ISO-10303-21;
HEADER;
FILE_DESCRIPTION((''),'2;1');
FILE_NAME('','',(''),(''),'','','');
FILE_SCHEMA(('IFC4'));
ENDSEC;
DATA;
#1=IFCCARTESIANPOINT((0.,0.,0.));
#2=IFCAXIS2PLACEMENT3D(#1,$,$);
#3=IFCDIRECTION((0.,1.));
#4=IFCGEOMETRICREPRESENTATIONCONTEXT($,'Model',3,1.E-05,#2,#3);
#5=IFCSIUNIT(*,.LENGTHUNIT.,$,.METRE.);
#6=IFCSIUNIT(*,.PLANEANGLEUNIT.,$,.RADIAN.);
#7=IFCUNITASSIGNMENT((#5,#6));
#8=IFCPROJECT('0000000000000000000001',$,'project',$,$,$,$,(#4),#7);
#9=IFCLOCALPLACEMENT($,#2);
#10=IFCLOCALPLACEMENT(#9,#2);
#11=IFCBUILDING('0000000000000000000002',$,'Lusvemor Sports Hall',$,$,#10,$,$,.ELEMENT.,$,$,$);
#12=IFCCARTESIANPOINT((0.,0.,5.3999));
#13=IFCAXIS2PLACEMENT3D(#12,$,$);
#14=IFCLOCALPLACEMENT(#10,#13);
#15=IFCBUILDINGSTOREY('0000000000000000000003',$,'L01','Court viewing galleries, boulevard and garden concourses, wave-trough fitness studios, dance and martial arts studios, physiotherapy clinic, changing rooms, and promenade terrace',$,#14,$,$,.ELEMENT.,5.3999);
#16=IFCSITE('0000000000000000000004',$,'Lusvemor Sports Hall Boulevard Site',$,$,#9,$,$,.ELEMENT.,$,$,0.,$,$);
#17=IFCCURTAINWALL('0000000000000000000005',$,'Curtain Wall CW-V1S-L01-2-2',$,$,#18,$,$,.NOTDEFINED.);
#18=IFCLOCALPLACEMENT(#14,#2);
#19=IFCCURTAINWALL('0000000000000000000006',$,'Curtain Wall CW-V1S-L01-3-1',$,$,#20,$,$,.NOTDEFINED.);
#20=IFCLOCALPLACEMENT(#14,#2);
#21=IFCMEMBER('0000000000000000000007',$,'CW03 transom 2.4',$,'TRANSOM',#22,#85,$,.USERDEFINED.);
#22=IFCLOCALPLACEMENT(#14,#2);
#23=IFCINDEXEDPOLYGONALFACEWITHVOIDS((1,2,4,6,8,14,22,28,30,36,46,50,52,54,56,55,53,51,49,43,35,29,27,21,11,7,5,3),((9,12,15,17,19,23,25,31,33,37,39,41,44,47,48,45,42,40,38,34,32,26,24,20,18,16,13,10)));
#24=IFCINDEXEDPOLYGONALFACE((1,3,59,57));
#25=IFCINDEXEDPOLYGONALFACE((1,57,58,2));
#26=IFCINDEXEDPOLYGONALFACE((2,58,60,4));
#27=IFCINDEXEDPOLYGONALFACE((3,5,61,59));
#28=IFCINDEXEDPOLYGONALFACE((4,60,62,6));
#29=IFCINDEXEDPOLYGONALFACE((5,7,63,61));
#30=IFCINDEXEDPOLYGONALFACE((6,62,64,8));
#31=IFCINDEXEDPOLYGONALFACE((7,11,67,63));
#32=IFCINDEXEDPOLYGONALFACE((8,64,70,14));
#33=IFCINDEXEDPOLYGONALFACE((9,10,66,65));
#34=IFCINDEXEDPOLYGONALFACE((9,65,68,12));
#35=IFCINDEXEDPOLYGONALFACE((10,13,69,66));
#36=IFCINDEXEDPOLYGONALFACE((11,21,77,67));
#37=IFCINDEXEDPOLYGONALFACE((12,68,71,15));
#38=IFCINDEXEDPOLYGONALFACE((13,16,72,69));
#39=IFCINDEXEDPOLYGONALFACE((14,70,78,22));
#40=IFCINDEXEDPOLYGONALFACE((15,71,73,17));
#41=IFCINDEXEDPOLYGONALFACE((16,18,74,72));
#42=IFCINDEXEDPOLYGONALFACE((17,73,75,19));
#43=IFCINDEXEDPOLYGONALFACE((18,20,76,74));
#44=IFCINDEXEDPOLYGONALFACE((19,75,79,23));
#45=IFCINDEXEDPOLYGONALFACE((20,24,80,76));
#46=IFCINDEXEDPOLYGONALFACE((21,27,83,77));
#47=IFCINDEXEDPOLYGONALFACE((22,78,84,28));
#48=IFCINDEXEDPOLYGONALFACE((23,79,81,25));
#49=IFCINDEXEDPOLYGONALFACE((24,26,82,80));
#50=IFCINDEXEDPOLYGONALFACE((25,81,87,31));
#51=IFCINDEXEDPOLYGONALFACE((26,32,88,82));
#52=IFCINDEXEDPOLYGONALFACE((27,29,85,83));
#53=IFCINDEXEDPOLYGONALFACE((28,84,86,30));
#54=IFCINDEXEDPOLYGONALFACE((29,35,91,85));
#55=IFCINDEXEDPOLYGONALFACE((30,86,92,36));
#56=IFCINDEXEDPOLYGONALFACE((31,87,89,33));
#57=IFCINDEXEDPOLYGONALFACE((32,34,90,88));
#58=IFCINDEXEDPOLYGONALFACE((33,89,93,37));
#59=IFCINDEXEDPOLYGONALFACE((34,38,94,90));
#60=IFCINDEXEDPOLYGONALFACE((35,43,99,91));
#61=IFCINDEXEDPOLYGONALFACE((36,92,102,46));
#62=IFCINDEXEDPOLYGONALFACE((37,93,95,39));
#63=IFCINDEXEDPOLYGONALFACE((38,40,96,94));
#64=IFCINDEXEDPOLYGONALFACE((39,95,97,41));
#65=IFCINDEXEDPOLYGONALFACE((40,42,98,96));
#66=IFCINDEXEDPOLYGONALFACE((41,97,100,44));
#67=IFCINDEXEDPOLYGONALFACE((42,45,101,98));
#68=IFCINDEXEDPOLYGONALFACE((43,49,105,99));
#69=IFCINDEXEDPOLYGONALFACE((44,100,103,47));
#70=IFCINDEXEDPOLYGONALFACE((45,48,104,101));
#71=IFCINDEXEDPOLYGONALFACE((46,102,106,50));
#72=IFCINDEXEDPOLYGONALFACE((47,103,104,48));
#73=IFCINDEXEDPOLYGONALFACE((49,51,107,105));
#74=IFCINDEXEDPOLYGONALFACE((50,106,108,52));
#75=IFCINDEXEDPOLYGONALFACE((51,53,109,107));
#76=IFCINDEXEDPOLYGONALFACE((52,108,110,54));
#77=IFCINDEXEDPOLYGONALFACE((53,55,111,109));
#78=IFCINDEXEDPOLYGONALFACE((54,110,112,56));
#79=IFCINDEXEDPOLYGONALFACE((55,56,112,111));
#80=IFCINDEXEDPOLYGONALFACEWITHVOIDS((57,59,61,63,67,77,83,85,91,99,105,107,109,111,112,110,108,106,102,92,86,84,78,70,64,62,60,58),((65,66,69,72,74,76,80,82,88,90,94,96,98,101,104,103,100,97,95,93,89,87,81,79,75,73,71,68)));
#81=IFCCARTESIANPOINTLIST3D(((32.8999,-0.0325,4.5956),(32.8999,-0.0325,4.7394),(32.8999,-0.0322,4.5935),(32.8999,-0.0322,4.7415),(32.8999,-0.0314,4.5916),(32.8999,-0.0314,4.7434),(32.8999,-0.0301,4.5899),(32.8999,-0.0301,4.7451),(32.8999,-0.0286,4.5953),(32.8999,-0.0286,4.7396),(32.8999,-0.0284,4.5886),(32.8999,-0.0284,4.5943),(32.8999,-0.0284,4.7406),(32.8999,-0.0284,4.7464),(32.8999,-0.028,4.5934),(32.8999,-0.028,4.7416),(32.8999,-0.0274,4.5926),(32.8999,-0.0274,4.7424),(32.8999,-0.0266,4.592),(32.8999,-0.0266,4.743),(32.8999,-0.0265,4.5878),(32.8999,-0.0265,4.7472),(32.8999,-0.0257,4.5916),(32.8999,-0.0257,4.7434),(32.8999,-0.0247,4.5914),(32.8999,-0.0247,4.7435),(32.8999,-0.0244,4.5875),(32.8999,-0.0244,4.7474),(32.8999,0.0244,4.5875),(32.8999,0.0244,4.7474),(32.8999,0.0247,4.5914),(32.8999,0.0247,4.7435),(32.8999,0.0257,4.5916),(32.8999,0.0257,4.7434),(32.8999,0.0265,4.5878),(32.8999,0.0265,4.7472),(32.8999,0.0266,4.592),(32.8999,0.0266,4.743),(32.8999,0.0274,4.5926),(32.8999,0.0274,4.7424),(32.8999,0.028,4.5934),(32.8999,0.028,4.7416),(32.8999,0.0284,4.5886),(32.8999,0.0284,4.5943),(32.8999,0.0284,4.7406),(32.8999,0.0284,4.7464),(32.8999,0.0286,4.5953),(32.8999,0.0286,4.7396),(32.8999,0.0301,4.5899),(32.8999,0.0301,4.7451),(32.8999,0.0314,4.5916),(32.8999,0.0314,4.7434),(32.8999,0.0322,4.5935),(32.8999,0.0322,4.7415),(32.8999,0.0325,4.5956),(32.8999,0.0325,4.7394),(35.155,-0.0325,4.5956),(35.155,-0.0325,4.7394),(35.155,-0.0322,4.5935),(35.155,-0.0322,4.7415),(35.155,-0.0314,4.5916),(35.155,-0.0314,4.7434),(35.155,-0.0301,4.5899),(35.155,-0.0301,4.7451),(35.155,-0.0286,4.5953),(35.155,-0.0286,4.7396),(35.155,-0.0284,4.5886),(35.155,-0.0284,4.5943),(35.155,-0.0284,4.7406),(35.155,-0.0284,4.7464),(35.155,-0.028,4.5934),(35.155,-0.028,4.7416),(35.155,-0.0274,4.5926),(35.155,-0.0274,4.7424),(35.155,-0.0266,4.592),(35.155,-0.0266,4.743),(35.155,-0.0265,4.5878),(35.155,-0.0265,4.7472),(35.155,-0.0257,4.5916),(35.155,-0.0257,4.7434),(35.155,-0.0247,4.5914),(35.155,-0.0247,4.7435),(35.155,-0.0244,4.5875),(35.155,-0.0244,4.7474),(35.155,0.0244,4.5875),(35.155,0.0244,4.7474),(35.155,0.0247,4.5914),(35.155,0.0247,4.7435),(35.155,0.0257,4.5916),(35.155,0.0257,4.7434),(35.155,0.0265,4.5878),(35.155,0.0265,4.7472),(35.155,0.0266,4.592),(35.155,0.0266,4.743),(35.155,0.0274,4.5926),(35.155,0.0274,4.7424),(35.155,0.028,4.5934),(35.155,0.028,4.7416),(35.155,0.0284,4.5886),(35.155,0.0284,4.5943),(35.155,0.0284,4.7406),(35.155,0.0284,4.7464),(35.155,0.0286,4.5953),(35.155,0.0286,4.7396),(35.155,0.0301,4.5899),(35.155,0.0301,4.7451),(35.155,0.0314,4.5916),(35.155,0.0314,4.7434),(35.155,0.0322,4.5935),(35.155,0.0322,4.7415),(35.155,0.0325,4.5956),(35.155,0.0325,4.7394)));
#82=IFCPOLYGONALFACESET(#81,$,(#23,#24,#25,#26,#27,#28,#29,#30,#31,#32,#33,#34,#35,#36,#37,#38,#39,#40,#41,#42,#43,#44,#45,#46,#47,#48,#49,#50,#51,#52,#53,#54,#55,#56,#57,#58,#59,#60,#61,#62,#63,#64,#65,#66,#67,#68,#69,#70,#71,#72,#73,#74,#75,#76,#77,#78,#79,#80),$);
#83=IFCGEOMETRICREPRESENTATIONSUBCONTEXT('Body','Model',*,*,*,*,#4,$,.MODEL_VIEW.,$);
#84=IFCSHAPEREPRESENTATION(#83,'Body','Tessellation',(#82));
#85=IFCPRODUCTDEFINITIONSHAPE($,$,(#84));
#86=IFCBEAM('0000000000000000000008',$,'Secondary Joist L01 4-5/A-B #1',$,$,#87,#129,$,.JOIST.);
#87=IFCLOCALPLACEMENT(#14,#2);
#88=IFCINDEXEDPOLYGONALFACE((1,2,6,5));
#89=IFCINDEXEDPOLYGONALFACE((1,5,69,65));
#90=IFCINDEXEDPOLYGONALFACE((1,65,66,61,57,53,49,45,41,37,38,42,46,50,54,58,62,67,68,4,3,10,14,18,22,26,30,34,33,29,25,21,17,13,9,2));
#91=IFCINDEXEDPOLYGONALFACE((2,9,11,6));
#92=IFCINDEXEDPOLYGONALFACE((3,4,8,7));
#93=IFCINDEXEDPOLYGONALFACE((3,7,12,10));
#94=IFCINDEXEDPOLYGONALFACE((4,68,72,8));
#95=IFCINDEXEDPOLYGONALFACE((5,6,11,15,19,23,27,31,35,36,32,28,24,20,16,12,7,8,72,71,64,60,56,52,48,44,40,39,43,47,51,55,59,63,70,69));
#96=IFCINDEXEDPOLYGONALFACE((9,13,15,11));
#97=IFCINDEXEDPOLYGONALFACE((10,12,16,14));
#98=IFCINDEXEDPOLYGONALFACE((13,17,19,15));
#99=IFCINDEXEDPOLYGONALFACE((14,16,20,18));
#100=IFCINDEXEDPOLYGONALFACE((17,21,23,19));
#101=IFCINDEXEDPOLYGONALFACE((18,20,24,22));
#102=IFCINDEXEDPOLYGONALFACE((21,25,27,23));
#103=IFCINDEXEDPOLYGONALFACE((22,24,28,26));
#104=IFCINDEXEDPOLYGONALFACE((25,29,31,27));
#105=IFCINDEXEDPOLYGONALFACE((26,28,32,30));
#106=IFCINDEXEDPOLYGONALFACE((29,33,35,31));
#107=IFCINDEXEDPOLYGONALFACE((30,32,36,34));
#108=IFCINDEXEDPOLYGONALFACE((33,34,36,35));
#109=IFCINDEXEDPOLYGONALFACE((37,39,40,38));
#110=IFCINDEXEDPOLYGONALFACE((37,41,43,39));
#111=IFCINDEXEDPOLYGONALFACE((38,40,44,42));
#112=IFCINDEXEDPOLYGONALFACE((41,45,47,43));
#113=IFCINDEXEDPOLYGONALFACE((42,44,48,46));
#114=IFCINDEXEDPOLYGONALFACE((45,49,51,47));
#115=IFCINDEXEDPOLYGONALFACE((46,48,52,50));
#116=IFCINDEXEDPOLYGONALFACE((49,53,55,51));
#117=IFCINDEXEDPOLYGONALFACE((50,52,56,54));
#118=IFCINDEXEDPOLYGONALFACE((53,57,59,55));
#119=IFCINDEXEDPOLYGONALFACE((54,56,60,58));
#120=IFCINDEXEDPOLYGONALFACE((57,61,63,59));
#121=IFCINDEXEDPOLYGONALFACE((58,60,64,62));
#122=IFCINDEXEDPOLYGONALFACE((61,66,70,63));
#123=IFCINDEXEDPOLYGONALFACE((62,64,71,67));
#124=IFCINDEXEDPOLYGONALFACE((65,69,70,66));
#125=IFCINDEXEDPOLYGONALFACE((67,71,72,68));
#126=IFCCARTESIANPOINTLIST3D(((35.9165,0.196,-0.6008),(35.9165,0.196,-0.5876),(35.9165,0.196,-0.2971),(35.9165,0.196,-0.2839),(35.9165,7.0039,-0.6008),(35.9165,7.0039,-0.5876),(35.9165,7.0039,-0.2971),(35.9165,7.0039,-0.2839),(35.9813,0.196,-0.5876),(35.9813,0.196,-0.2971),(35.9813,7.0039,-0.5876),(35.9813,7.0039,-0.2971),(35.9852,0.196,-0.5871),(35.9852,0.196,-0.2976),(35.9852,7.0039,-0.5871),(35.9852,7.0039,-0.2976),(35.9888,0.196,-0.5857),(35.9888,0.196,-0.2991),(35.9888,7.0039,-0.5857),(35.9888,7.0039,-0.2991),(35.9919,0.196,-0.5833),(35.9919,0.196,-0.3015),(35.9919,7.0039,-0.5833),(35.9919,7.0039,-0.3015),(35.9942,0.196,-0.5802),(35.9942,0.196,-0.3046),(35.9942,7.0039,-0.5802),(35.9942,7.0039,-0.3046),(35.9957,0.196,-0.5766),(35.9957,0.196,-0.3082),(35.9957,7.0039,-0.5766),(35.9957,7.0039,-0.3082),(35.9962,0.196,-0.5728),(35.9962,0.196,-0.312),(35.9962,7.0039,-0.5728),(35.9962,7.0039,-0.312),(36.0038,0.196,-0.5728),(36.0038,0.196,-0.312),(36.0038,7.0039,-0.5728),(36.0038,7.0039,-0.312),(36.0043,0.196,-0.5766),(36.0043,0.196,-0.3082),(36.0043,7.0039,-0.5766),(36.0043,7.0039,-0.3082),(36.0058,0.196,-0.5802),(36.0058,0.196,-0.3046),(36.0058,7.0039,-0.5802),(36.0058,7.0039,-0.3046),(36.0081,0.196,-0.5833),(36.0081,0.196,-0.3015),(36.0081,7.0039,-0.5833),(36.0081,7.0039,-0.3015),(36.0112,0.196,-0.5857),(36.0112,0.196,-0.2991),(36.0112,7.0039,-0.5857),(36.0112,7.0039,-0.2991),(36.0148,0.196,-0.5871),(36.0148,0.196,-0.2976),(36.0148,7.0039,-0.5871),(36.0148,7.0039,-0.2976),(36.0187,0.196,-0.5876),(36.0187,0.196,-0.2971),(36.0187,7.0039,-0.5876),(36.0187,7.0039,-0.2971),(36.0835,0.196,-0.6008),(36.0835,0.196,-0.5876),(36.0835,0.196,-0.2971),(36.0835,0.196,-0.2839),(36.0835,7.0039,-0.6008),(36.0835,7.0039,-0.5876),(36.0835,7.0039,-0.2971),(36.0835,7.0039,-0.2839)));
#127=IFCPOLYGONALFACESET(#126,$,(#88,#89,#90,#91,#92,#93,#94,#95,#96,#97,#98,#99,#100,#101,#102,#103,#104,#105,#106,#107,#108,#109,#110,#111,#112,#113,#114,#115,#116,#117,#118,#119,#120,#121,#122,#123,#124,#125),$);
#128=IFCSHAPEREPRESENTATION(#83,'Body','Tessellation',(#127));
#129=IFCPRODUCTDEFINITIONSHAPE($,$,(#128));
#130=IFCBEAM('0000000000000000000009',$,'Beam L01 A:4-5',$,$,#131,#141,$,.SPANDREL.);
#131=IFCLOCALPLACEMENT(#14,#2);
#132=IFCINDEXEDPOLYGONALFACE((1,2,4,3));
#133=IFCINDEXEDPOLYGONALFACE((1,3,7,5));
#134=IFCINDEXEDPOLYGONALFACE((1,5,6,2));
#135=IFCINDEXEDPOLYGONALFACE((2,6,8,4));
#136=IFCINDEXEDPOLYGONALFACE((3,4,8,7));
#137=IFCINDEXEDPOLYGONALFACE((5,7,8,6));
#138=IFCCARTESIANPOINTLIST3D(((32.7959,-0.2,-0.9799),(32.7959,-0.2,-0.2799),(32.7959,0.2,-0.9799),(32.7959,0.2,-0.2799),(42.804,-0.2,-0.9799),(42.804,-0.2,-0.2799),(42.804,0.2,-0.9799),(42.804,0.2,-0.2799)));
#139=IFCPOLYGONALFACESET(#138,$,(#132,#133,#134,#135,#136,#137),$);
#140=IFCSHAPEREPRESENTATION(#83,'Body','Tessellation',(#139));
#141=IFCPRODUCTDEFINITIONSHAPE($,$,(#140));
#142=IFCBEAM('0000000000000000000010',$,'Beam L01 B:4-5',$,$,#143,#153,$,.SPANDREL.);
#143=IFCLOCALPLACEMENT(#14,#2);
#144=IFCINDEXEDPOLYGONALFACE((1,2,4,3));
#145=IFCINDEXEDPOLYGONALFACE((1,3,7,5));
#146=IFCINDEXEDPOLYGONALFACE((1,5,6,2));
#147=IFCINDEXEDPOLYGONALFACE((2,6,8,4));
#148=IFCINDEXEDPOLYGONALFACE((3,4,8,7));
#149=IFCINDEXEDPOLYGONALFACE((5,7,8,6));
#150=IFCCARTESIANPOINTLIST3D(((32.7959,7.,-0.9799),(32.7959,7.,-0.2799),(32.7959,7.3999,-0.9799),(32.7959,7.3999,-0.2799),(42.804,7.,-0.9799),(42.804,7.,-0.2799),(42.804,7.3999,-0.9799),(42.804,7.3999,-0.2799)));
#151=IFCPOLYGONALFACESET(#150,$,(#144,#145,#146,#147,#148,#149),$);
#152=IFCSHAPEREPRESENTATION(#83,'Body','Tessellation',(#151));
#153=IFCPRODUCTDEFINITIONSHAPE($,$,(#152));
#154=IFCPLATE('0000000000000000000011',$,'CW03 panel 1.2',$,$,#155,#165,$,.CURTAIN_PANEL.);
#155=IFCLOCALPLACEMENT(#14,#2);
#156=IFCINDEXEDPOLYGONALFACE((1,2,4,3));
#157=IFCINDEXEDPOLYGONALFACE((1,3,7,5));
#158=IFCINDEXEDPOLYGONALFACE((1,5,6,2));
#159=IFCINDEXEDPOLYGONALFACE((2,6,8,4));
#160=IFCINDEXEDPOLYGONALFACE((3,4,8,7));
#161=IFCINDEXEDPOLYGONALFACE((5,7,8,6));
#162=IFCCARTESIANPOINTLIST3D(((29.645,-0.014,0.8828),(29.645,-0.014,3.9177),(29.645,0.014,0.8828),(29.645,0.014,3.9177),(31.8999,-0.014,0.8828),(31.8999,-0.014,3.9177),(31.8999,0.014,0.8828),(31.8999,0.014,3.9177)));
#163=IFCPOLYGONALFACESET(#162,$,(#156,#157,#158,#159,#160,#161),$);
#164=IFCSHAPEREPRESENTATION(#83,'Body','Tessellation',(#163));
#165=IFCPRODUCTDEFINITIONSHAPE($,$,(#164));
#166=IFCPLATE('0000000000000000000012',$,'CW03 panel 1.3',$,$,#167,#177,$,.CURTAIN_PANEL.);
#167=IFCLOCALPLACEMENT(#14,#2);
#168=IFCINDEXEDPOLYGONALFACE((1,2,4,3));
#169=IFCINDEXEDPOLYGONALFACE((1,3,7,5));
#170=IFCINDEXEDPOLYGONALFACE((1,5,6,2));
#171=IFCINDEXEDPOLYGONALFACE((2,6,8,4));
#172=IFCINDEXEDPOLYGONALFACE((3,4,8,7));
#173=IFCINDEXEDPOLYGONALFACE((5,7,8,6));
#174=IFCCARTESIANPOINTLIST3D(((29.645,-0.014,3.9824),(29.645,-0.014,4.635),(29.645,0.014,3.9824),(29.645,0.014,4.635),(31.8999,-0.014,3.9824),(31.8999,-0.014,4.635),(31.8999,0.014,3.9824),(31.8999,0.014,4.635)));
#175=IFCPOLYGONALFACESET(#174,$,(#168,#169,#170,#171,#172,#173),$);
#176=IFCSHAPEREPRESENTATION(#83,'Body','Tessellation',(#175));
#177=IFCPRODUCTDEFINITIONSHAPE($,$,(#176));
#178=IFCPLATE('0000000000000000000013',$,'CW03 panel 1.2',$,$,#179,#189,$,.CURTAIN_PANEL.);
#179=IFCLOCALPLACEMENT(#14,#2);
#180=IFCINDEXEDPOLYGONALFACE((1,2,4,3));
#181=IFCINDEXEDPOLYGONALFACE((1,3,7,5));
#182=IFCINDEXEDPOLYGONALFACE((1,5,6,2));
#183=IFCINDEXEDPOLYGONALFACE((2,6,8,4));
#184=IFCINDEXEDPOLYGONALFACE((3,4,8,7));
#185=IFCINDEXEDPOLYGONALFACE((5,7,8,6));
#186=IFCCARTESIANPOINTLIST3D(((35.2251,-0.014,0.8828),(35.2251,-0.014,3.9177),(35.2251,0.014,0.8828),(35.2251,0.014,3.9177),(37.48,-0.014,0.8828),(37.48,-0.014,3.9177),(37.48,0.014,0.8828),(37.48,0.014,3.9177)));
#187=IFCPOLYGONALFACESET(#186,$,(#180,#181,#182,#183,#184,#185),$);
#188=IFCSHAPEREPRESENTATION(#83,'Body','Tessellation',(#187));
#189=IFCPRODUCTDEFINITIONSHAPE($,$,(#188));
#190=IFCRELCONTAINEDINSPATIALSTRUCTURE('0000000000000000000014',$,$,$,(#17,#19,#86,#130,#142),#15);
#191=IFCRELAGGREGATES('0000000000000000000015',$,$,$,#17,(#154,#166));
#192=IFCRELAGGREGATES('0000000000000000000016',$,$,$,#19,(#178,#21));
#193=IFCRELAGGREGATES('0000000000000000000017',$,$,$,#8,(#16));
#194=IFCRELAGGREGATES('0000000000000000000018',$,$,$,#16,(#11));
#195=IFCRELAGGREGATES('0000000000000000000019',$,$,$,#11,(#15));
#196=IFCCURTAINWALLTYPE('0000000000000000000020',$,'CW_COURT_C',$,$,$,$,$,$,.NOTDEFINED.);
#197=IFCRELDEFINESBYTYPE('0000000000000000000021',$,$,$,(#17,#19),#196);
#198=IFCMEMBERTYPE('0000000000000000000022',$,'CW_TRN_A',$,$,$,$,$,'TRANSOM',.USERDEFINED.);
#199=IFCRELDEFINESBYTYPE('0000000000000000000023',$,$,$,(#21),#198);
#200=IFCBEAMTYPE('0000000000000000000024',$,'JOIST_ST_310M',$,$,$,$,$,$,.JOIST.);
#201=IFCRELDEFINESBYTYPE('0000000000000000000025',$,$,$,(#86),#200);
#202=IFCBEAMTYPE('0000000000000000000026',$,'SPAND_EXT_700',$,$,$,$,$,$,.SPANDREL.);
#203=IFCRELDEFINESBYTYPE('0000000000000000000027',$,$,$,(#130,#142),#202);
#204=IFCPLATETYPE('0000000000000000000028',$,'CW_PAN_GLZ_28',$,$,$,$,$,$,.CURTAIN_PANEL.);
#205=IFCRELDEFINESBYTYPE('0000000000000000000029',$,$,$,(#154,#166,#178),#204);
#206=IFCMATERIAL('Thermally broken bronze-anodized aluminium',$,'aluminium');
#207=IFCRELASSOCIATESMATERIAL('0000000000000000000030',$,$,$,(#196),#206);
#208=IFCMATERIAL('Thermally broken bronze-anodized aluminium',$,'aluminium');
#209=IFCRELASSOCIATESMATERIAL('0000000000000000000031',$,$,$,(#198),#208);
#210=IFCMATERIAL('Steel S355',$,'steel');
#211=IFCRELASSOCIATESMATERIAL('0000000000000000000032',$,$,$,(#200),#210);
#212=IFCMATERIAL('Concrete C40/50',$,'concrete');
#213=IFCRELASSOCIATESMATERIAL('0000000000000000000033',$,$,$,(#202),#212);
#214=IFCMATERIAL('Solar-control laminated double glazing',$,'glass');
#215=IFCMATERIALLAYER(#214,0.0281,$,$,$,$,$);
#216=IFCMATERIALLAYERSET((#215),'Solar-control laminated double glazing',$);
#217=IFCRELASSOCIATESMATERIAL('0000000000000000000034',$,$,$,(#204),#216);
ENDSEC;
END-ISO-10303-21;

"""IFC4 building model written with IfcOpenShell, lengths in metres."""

from ifc_helpers import new_model, si_unit, direction, frame, origin, origin_2d, place, context, subcontext, project, spatial, rectangle, hollow_rectangle, i_section, extrude, material, layer, layer_set, material_profile, profile_set, type_object, element, aggregate, save


model = new_model("IFC4")

# Units and contexts
model_context = context("Model", 3, precision=1e-05, world=origin(), true_north=direction((0.0, 1.0)))
body_context = subcontext(model_context, "Body", "Model", "MODEL_VIEW")
ifc_project = project(units=[si_unit("LENGTHUNIT", "METRE"), si_unit("PLANEANGLEUNIT", "RADIAN")], contexts=[model_context])

# Site, building, storey
site_placement = place(None, origin())
site = spatial("IfcSite", under=ifc_project, at=site_placement, Name="Lusvemor Sports Hall Boulevard Site", CompositionType="ELEMENT", RefElevation=0.0)
building_placement = place(site_placement, origin())
building = spatial("IfcBuilding", under=site, at=building_placement, Name="Lusvemor Sports Hall", CompositionType="ELEMENT")
storey_placement = place(building_placement, frame((0.0, 0.0, 5.3999)))
storey = spatial("IfcBuildingStorey", under=building, at=storey_placement, Name="L01", Description="Court viewing galleries, boulevard and garden concourses, wave-trough fitness studios, dance and martial arts studios, physiotherapy clinic, changing rooms, and promenade terrace", CompositionType="ELEMENT", Elevation=5.3999)

# Curtain wall
ifc_material_1 = material(Name="Thermally broken bronze-anodized aluminium", Category="aluminium")
curtain_wall_type = type_object("IfcCurtainWallType", Name="CW_COURT_C", PredefinedType="NOTDEFINED", material=ifc_material_1)
curtain_wall_1_placement = place(storey_placement, origin())
curtain_wall_1 = element("IfcCurtainWall", 1, at=curtain_wall_1_placement, inside=storey, type_object=curtain_wall_type, Name="Curtain Wall CW-V1S-L01-2-2", PredefinedType="NOTDEFINED")

# Curtain wall
curtain_wall_2_placement = place(storey_placement, origin())
curtain_wall_2 = element("IfcCurtainWall", 2, at=curtain_wall_2_placement, inside=storey, type_object=curtain_wall_type, Name="Curtain Wall CW-V1S-L01-3-1", PredefinedType="NOTDEFINED")

# Member
ifc_material_2 = material(Name="Thermally broken bronze-anodized aluminium", Category="aluminium")
ifc_material_profile_1 = material_profile(ifc_material_2, hollow_rectangle(XDim=0.0649, YDim=0.1599, WallThickness=0.0039, InnerFilletRadius=0.0039, OuterFilletRadius=0.0081, at=origin_2d()), Name="CWTRN160x65x4")
ifc_profile_set_1 = profile_set([ifc_material_profile_1], Name="Thermally broken bronze-anodized aluminium")
member_type_1 = type_object("IfcMemberType", Name="CW_TRN_A", ElementType="TRANSOM", PredefinedType="USERDEFINED", material=ifc_profile_set_1)
member_1_placement = place(storey_placement, frame((35.155, 0.0, 4.6675), z_axis=(-1.0, 0.0, 0.0), x_axis=(0.0, -1.0, 0.0)))
member_1 = element("IfcMember", 3, at=member_1_placement, type_object=member_type_1, Name="CW03 transom 2.4", ObjectType="TRANSOM", PredefinedType="USERDEFINED", context=body_context, shape_type="SweptSolid", body=[
    extrude(hollow_rectangle(XDim=0.0649, YDim=0.1599, WallThickness=0.0039, InnerFilletRadius=0.0039, OuterFilletRadius=0.0081, at=origin_2d()), origin(), (0.0, 0.0, 1.0), 2.2551),
])

# Beams
ifc_material_3 = material(Name="Steel S355", Category="steel")
ifc_material_profile_2 = material_profile(ifc_material_3, i_section(OverallWidth=0.167, OverallDepth=0.3169, WebThickness=0.0076, FlangeThickness=0.0132, FilletRadius=0.0149, at=origin_2d()), Name="W310x52.0")
ifc_profile_set_2 = profile_set([ifc_material_profile_2], Name="Steel S355")
beam_type_1 = type_object("IfcBeamType", Name="JOIST_ST_310M", PredefinedType="JOIST", material=ifc_profile_set_2)
beam_1_placement = place(storey_placement, frame((36.0, 0.196, -0.4424), z_axis=(0.0, 1.0, 0.0), x_axis=(-1.0, 0.0, 0.0)))
element("IfcBeam", 4, at=beam_1_placement, inside=storey, type_object=beam_type_1, Name="Secondary Joist L01 4-5/A-B #1", PredefinedType="JOIST", context=body_context, shape_type="SweptSolid", body=[
    extrude(i_section(OverallWidth=0.167, OverallDepth=0.3169, WebThickness=0.0076, FlangeThickness=0.0132, FilletRadius=0.0149, at=origin_2d()), origin(), (0.0, 0.0, 1.0), 6.8079),
])
ifc_material_4 = material(Name="Concrete C40/50", Category="concrete")
ifc_material_profile_3 = material_profile(ifc_material_4, rectangle(XDim=0.3999, YDim=0.7, at=origin_2d()), Name="RC400x700")
ifc_profile_set_3 = profile_set([ifc_material_profile_3], Name="Concrete C40/50")
beam_type_2 = type_object("IfcBeamType", Name="SPAND_EXT_700", PredefinedType="SPANDREL", material=ifc_profile_set_3)
for number, where, z_axis, x_axis, name in (
    (5, (32.7959, 0.0, -0.6299), (1.0, 0.0, 0.0), (0.0, 1.0, 0.0), "Beam L01 A:4-5"),
    (6, (32.7959, 7.2, -0.6299), (1.0, 0.0, 0.0), (0.0, 1.0, 0.0), "Beam L01 B:4-5"),
):
    element("IfcBeam", number, at=place(storey_placement, frame(where, z_axis=z_axis, x_axis=x_axis)), inside=storey, type_object=beam_type_2, Name=name, PredefinedType="SPANDREL", context=body_context, shape_type="SweptSolid", body=[
        extrude(rectangle(XDim=0.3999, YDim=0.7, at=origin_2d()), origin(), (0.0, 0.0, 1.0), 10.0081),
    ])

# Plates
ifc_material_5 = material(Name="Solar-control laminated double glazing", Category="glass")
ifc_layer_1 = layer(ifc_material_5, 0.0281)
ifc_layer_set_1 = layer_set([ifc_layer_1], Name="Solar-control laminated double glazing")
plate_type_1 = type_object("IfcPlateType", Name="CW_PAN_GLZ_28", PredefinedType="CURTAIN_PANEL", material=ifc_layer_set_1)
plate_1_placement = place(storey_placement, frame((30.7725, 0.0, 0.8828), z_axis=(0.0, 0.0, 1.0), x_axis=(-1.0, 0.0, 0.0)))
plate_1 = element("IfcPlate", 7, at=plate_1_placement, type_object=plate_type_1, Name="CW03 panel 1.2", PredefinedType="CURTAIN_PANEL", context=body_context, shape_type="SweptSolid", body=[
    extrude(rectangle(XDim=2.2549, YDim=0.0281, at=origin_2d()), origin(), (0.0, 0.0, 1.0), 3.0349),
])
plate_2_placement = place(storey_placement, frame((30.7725, 0.0, 3.9824), z_axis=(0.0, 0.0, 1.0), x_axis=(-1.0, 0.0, 0.0)))
plate_2 = element("IfcPlate", 8, at=plate_2_placement, type_object=plate_type_1, Name="CW03 panel 1.3", PredefinedType="CURTAIN_PANEL", context=body_context, shape_type="SweptSolid", body=[
    extrude(rectangle(XDim=2.2549, YDim=0.0281, at=origin_2d()), origin(), (0.0, 0.0, 1.0), 0.6526),
])
plate_3_placement = place(storey_placement, frame((36.3525, 0.0, 0.8828), z_axis=(0.0, 0.0, 1.0), x_axis=(-1.0, 0.0, 0.0)))
plate_3 = element("IfcPlate", 9, at=plate_3_placement, type_object=plate_type_1, Name="CW03 panel 1.2", PredefinedType="CURTAIN_PANEL", context=body_context, shape_type="SweptSolid", body=[
    extrude(rectangle(XDim=2.2549, YDim=0.0281, at=origin_2d()), origin(), (0.0, 0.0, 1.0), 3.0349),
])
aggregate(curtain_wall_1, [plate_1, plate_2])
aggregate(curtain_wall_2, [plate_3, member_1])

save(model, "model.ifc")
